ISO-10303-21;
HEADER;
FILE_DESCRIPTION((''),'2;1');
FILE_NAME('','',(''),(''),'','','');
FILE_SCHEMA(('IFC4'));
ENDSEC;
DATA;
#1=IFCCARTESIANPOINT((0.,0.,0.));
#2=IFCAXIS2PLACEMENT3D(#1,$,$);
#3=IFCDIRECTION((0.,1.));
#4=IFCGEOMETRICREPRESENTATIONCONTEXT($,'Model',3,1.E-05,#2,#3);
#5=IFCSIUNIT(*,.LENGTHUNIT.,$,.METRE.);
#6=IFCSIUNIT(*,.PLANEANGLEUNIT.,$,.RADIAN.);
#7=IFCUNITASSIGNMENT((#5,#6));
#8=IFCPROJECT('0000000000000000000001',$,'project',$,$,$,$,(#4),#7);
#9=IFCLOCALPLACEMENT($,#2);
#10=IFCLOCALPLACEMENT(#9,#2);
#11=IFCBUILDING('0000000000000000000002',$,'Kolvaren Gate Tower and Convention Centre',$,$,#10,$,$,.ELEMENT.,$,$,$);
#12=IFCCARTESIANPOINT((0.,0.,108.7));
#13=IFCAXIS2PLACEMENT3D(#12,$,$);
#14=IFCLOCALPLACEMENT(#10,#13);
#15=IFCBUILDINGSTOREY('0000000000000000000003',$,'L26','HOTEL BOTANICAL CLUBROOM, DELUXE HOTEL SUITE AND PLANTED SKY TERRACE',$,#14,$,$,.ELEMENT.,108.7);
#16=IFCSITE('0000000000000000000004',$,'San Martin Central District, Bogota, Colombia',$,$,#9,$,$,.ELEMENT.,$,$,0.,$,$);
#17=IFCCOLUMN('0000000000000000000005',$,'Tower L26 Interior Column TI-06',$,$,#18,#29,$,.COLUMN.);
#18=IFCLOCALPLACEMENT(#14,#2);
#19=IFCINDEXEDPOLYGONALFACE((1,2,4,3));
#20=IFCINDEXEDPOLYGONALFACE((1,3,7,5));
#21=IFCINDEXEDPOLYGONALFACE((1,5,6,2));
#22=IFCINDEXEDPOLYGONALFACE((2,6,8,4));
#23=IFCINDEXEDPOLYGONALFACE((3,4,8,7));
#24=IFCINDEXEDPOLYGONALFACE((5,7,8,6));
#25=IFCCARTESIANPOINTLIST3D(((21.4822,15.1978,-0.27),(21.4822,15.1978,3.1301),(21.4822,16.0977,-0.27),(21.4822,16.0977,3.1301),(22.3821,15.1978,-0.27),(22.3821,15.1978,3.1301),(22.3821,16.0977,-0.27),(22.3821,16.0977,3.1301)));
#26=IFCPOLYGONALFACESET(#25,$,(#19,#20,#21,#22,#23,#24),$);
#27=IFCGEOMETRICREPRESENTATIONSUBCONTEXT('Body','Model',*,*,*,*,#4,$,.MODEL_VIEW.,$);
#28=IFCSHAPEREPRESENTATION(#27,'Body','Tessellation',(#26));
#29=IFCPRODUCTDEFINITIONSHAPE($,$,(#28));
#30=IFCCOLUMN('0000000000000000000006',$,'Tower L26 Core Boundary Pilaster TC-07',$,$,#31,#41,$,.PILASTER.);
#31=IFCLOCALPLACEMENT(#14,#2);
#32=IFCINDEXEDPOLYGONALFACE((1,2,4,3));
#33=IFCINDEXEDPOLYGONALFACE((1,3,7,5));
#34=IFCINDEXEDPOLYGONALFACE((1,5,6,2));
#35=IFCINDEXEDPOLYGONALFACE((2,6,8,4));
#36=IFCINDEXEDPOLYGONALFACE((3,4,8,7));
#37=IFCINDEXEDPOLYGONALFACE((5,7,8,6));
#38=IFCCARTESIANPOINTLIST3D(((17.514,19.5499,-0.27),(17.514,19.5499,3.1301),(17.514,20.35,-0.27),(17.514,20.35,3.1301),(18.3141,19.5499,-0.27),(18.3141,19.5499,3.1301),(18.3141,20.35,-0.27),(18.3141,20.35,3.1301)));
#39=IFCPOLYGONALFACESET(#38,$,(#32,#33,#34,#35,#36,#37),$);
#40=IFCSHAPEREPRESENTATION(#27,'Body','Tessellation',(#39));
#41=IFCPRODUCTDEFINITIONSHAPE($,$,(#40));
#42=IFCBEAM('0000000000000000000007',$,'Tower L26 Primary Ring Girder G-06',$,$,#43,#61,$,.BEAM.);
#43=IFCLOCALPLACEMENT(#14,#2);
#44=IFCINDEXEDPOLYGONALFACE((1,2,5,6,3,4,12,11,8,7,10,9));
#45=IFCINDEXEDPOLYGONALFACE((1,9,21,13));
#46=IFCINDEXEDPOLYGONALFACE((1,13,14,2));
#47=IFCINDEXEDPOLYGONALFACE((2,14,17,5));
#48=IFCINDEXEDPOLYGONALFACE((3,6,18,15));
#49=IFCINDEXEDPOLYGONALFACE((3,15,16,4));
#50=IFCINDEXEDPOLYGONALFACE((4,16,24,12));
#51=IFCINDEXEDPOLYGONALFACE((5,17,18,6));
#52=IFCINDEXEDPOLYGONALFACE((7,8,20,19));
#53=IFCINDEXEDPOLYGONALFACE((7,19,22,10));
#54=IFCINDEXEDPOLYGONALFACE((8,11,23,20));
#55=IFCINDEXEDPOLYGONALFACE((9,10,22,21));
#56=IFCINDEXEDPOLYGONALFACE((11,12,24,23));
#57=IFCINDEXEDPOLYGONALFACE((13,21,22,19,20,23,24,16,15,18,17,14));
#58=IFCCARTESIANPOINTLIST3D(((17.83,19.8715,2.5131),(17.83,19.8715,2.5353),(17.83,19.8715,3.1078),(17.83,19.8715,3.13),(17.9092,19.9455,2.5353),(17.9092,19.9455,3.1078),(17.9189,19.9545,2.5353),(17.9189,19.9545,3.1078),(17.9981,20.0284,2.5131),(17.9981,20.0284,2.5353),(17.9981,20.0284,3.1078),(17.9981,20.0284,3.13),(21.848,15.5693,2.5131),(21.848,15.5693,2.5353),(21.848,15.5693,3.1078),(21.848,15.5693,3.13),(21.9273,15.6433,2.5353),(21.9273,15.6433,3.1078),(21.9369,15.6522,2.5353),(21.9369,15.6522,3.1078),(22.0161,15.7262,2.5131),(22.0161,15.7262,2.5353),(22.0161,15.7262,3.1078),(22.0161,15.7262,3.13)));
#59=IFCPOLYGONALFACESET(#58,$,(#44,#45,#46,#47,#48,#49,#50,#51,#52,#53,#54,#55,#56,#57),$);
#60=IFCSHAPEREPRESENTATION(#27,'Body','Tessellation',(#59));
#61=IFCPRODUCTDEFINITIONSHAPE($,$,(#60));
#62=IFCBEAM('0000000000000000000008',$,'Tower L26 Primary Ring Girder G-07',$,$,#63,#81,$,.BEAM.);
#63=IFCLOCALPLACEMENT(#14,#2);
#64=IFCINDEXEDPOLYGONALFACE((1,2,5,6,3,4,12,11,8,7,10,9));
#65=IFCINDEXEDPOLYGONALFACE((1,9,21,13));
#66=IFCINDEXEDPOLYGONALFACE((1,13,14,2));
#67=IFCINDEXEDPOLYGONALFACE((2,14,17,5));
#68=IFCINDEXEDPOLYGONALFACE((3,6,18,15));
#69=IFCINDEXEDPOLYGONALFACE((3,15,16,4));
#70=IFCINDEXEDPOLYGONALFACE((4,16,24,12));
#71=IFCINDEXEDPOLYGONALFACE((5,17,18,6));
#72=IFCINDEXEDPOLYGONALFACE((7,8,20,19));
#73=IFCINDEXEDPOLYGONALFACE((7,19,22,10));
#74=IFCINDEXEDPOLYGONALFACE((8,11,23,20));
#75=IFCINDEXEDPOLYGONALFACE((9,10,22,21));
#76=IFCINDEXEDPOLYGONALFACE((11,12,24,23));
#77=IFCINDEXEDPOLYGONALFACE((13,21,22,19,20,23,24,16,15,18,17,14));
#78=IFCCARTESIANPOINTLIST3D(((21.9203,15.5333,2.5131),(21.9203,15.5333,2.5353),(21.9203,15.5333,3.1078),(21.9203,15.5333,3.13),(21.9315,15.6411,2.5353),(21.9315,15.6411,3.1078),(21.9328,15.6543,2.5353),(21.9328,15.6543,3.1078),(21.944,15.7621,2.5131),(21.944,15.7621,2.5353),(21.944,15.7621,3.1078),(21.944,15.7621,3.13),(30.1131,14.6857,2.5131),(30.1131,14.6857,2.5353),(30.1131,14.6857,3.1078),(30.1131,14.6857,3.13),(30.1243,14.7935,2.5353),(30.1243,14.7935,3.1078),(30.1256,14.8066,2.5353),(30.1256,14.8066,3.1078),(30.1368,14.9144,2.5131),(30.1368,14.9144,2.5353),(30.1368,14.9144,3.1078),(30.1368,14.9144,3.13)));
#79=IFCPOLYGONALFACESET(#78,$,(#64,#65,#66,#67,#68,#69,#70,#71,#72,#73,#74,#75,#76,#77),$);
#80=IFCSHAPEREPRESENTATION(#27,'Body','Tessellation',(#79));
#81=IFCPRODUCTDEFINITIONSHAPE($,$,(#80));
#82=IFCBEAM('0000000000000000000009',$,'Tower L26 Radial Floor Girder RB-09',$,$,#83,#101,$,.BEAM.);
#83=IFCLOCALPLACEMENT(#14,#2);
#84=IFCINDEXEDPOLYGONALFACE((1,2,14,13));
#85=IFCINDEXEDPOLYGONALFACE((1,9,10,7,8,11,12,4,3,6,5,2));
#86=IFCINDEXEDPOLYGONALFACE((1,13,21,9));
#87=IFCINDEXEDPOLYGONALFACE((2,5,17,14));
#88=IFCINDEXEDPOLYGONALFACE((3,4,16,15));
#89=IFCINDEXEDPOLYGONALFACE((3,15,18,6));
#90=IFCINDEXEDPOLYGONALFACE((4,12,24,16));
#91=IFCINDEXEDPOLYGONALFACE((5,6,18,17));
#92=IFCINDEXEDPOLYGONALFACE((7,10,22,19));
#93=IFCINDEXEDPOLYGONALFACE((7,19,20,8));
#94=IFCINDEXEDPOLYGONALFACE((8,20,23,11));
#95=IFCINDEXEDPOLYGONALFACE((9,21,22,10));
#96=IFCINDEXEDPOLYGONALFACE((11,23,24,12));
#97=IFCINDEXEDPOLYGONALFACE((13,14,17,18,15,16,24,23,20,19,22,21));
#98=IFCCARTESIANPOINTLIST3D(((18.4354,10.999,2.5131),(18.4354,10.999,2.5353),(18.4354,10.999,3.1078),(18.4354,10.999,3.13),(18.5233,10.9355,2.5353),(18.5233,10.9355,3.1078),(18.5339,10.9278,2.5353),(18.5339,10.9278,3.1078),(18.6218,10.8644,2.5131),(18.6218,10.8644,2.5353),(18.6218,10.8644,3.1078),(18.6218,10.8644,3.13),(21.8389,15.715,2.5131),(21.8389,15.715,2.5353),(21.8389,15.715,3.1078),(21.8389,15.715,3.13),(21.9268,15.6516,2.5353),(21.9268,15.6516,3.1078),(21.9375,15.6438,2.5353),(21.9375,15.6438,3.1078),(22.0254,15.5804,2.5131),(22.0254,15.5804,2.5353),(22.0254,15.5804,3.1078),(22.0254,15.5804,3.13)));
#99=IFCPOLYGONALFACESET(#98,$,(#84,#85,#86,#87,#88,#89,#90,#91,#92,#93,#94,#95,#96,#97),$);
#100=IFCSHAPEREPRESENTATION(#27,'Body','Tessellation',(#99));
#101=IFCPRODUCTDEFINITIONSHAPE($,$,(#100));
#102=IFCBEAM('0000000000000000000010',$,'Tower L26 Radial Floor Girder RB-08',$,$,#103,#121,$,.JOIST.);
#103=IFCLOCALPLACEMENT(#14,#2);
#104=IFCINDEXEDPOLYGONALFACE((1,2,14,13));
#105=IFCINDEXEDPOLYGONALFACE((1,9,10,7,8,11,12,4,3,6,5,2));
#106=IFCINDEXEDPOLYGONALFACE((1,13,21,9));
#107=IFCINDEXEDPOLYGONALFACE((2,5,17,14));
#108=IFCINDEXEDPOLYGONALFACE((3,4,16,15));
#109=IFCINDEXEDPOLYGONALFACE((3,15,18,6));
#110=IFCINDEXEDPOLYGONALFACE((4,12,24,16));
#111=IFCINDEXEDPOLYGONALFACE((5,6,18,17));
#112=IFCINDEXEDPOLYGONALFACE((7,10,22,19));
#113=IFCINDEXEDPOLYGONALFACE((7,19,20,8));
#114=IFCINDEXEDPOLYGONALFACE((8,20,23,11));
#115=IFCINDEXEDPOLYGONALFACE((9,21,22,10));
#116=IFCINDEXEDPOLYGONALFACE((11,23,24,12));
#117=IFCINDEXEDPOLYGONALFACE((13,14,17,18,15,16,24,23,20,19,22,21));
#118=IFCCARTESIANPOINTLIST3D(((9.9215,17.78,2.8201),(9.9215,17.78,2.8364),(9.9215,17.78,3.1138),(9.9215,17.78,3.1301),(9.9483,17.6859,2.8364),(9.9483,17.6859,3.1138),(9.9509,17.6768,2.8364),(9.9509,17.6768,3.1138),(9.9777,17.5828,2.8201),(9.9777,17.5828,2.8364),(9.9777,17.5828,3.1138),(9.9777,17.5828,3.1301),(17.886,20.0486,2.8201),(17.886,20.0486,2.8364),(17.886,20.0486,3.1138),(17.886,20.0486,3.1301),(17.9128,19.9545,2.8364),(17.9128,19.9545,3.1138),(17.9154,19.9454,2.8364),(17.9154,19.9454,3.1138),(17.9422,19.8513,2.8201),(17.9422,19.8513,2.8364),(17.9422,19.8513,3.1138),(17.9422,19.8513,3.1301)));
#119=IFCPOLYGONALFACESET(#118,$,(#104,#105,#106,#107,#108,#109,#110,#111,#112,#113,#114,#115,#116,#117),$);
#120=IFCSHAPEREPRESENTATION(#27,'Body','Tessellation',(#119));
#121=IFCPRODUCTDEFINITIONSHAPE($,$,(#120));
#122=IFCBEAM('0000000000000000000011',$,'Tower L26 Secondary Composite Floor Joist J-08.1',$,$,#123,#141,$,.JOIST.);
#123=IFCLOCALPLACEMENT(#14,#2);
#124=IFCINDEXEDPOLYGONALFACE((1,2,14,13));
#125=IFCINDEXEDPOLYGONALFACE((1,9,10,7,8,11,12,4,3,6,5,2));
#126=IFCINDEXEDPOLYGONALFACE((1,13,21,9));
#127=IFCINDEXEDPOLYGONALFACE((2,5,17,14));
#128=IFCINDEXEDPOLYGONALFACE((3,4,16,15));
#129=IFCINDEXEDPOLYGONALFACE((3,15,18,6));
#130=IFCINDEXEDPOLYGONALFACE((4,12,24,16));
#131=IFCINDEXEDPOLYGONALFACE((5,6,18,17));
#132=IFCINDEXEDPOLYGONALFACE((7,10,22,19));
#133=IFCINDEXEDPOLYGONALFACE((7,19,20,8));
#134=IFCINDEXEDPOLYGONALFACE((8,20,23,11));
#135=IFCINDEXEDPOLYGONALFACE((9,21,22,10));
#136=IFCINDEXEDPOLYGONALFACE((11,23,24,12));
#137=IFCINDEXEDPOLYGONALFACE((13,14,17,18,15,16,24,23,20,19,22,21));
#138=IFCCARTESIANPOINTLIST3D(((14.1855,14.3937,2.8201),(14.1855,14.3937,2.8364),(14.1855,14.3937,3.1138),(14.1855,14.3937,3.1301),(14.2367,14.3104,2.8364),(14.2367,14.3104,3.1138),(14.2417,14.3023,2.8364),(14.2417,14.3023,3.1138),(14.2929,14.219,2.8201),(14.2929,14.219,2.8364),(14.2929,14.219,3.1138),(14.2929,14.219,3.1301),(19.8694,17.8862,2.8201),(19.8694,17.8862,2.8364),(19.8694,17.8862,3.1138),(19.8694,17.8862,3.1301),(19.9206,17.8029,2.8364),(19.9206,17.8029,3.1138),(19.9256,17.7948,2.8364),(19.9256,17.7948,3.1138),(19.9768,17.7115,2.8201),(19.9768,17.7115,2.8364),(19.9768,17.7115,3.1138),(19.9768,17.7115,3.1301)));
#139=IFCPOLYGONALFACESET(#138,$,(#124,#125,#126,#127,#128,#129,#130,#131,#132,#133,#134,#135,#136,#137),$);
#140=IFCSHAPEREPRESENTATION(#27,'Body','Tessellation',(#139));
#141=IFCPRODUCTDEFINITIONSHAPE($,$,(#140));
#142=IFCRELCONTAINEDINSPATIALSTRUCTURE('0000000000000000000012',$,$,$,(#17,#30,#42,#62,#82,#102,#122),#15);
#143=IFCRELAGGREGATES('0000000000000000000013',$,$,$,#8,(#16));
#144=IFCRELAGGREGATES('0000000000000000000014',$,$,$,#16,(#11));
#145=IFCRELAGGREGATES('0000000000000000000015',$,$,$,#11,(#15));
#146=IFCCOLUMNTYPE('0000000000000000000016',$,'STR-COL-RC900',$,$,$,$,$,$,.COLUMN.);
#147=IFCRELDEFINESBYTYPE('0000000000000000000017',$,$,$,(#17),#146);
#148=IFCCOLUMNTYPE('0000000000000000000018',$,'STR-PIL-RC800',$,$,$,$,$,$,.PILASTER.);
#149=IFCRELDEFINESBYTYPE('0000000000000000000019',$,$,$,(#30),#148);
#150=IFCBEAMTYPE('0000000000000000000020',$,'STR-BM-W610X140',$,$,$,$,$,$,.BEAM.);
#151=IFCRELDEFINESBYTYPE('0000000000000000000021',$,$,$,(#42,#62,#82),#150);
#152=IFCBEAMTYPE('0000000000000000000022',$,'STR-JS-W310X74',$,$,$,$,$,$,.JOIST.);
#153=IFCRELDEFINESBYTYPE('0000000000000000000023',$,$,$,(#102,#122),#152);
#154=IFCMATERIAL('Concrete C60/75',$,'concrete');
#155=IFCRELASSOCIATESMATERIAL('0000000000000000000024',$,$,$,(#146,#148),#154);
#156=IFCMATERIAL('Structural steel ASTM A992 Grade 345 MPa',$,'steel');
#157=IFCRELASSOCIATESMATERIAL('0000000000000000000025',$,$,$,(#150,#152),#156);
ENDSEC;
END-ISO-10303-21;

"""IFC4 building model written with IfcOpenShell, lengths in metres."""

from ifc_helpers import new_model, si_unit, direction, frame, origin, origin_2d, place, context, subcontext, project, spatial, rectangle, i_section, extrude, material, material_profile, profile_set, type_object, element, save


model = new_model("IFC4")

# Units and contexts
model_context = context("Model", 3, precision=1e-05, world=origin(), true_north=direction((0.0, 1.0)))
body_context = subcontext(model_context, "Body", "Model", "MODEL_VIEW")
ifc_project = project(units=[si_unit("LENGTHUNIT", "METRE"), si_unit("PLANEANGLEUNIT", "RADIAN")], contexts=[model_context])

# Site, building, storey
site_placement = place(None, origin())
site = spatial("IfcSite", under=ifc_project, at=site_placement, Name="San Martin Central District, Bogota, Colombia", CompositionType="ELEMENT", RefElevation=0.0)
building_placement = place(site_placement, origin())
building = spatial("IfcBuilding", under=site, at=building_placement, Name="Kolvaren Gate Tower and Convention Centre", CompositionType="ELEMENT")
storey_placement = place(building_placement, frame((0.0, 0.0, 108.7)))
storey = spatial("IfcBuildingStorey", under=building, at=storey_placement, Name="L26", Description="HOTEL BOTANICAL CLUBROOM, DELUXE HOTEL SUITE AND PLANTED SKY TERRACE", CompositionType="ELEMENT", Elevation=108.7)

# Columns
ifc_material_1 = material(Name="Concrete C60/75", Category="concrete")
ifc_material_profile_1 = material_profile(ifc_material_1, rectangle(XDim=0.8999, YDim=0.8999, at=origin_2d()), Name="RC-COL-900X900")
ifc_profile_set_1 = profile_set([ifc_material_profile_1], Name="Concrete C60/75")
column_type_1 = type_object("IfcColumnType", Name="STR-COL-RC900", PredefinedType="COLUMN", material=ifc_profile_set_1)
column_1_placement = place(storey_placement, frame((21.9321, 15.6477, -0.27), z_axis=(0.0, 0.0, 1.0), x_axis=(1.0, 0.0, 0.0)))
element("IfcColumn", 1, at=column_1_placement, inside=storey, type_object=column_type_1, Name="Tower L26 Interior Column TI-06", PredefinedType="COLUMN", context=body_context, shape_type="SweptSolid", body=[
    extrude(rectangle(XDim=0.8999, YDim=0.8999, at=origin_2d()), origin(), (0.0, 0.0, 1.0), 3.4001),
])
ifc_material_profile_2 = material_profile(ifc_material_1, rectangle(XDim=0.8, YDim=0.8, at=origin_2d()), Name="RC-COL-800X800")
ifc_profile_set_2 = profile_set([ifc_material_profile_2], Name="Concrete C60/75")
column_type_2 = type_object("IfcColumnType", Name="STR-PIL-RC800", PredefinedType="PILASTER", material=ifc_profile_set_2)
column_2_placement = place(storey_placement, frame((17.9141, 19.95, -0.27), z_axis=(0.0, 0.0, 1.0), x_axis=(1.0, 0.0, 0.0)))
element("IfcColumn", 2, at=column_2_placement, inside=storey, type_object=column_type_2, Name="Tower L26 Core Boundary Pilaster TC-07", PredefinedType="PILASTER", context=body_context, shape_type="SweptSolid", body=[
    extrude(rectangle(XDim=0.8, YDim=0.8, at=origin_2d()), origin(), (0.0, 0.0, 1.0), 3.4001),
])

# Beams
ifc_material_2 = material(Name="Structural steel ASTM A992 Grade 345 MPa", Category="steel")
ifc_material_profile_3 = material_profile(ifc_material_2, i_section(OverallWidth=0.23, OverallDepth=0.6169, WebThickness=0.0132, FlangeThickness=0.0222, at=origin_2d()), Name="W610X140")
ifc_profile_set_3 = profile_set([ifc_material_profile_3], Name="Structural steel ASTM A992 Grade 345 MPa")
beam_type_1 = type_object("IfcBeamType", Name="STR-BM-W610X140", PredefinedType="BEAM", material=ifc_profile_set_3)
beam_1_placement = place(storey_placement, frame((17.9141, 19.95, 2.8215), z_axis=(0.682558, -0.730832, 0.0), x_axis=(0.730832, 0.682558, 0.0)))
element("IfcBeam", 3, at=beam_1_placement, inside=storey, type_object=beam_type_1, Name="Tower L26 Primary Ring Girder G-06", PredefinedType="BEAM", context=body_context, shape_type="SweptSolid", body=[
    extrude(i_section(OverallWidth=0.23, OverallDepth=0.6169, WebThickness=0.0132, FlangeThickness=0.0222, at=origin_2d()), origin(), (0.0, 0.0, 1.0), 5.8867),
])
beam_2_placement = place(storey_placement, frame((21.9321, 15.6477, 2.8215), z_axis=(0.99469, -0.102913, 0.0), x_axis=(0.102913, 0.99469, 0.0)))
element("IfcBeam", 4, at=beam_2_placement, inside=storey, type_object=beam_type_1, Name="Tower L26 Primary Ring Girder G-07", PredefinedType="BEAM", context=body_context, shape_type="SweptSolid", body=[
    extrude(i_section(OverallWidth=0.23, OverallDepth=0.6169, WebThickness=0.0132, FlangeThickness=0.0222, at=origin_2d()), origin(), (0.0, 0.0, 1.0), 8.2366),
])
beam_3_placement = place(storey_placement, frame((21.9321, 15.6477, 2.8215), z_axis=(-0.58521, -0.810882, 0.0), x_axis=(0.810882, -0.58521, 0.0)))
element("IfcBeam", 5, at=beam_3_placement, inside=storey, type_object=beam_type_1, Name="Tower L26 Radial Floor Girder RB-09", PredefinedType="BEAM", context=body_context, shape_type="SweptSolid", body=[
    extrude(i_section(OverallWidth=0.23, OverallDepth=0.6169, WebThickness=0.0132, FlangeThickness=0.0222, at=origin_2d()), origin(), (0.0, 0.0, 1.0), 5.8159),
])
ifc_material_profile_4 = material_profile(ifc_material_2, i_section(OverallWidth=0.2051, OverallDepth=0.3101, WebThickness=0.0095, FlangeThickness=0.0164, at=origin_2d()), Name="W310X74")
ifc_profile_set_4 = profile_set([ifc_material_profile_4], Name="Structural steel ASTM A992 Grade 345 MPa")
beam_type_2 = type_object("IfcBeamType", Name="STR-JS-W310X74", PredefinedType="JOIST", material=ifc_profile_set_4)
beam_4_placement = place(storey_placement, frame((17.9141, 19.95, 2.9751), z_axis=(-0.961746, -0.273942, 0.0), x_axis=(0.273942, -0.961746, 0.0)))
element("IfcBeam", 6, at=beam_4_placement, inside=storey, type_object=beam_type_2, Name="Tower L26 Radial Floor Girder RB-08", PredefinedType="JOIST", context=body_context, shape_type="SweptSolid", body=[
    extrude(i_section(OverallWidth=0.2051, OverallDepth=0.3101, WebThickness=0.0095, FlangeThickness=0.0164, at=origin_2d()), origin(), (0.0, 0.0, 1.0), 8.2812),
])
beam_5_placement = place(storey_placement, frame((19.9231, 17.7988, 2.9751), z_axis=(-0.852014, -0.523519, 0.0), x_axis=(0.523519, -0.852014, 0.0)))
element("IfcBeam", 7, at=beam_5_placement, inside=storey, type_object=beam_type_2, Name="Tower L26 Secondary Composite Floor Joist J-08.1", PredefinedType="JOIST", context=body_context, shape_type="SweptSolid", body=[
    extrude(i_section(OverallWidth=0.2051, OverallDepth=0.3101, WebThickness=0.0095, FlangeThickness=0.0164, at=origin_2d()), origin(), (0.0, 0.0, 1.0), 6.6711),
])

save(model, "model.ifc")
